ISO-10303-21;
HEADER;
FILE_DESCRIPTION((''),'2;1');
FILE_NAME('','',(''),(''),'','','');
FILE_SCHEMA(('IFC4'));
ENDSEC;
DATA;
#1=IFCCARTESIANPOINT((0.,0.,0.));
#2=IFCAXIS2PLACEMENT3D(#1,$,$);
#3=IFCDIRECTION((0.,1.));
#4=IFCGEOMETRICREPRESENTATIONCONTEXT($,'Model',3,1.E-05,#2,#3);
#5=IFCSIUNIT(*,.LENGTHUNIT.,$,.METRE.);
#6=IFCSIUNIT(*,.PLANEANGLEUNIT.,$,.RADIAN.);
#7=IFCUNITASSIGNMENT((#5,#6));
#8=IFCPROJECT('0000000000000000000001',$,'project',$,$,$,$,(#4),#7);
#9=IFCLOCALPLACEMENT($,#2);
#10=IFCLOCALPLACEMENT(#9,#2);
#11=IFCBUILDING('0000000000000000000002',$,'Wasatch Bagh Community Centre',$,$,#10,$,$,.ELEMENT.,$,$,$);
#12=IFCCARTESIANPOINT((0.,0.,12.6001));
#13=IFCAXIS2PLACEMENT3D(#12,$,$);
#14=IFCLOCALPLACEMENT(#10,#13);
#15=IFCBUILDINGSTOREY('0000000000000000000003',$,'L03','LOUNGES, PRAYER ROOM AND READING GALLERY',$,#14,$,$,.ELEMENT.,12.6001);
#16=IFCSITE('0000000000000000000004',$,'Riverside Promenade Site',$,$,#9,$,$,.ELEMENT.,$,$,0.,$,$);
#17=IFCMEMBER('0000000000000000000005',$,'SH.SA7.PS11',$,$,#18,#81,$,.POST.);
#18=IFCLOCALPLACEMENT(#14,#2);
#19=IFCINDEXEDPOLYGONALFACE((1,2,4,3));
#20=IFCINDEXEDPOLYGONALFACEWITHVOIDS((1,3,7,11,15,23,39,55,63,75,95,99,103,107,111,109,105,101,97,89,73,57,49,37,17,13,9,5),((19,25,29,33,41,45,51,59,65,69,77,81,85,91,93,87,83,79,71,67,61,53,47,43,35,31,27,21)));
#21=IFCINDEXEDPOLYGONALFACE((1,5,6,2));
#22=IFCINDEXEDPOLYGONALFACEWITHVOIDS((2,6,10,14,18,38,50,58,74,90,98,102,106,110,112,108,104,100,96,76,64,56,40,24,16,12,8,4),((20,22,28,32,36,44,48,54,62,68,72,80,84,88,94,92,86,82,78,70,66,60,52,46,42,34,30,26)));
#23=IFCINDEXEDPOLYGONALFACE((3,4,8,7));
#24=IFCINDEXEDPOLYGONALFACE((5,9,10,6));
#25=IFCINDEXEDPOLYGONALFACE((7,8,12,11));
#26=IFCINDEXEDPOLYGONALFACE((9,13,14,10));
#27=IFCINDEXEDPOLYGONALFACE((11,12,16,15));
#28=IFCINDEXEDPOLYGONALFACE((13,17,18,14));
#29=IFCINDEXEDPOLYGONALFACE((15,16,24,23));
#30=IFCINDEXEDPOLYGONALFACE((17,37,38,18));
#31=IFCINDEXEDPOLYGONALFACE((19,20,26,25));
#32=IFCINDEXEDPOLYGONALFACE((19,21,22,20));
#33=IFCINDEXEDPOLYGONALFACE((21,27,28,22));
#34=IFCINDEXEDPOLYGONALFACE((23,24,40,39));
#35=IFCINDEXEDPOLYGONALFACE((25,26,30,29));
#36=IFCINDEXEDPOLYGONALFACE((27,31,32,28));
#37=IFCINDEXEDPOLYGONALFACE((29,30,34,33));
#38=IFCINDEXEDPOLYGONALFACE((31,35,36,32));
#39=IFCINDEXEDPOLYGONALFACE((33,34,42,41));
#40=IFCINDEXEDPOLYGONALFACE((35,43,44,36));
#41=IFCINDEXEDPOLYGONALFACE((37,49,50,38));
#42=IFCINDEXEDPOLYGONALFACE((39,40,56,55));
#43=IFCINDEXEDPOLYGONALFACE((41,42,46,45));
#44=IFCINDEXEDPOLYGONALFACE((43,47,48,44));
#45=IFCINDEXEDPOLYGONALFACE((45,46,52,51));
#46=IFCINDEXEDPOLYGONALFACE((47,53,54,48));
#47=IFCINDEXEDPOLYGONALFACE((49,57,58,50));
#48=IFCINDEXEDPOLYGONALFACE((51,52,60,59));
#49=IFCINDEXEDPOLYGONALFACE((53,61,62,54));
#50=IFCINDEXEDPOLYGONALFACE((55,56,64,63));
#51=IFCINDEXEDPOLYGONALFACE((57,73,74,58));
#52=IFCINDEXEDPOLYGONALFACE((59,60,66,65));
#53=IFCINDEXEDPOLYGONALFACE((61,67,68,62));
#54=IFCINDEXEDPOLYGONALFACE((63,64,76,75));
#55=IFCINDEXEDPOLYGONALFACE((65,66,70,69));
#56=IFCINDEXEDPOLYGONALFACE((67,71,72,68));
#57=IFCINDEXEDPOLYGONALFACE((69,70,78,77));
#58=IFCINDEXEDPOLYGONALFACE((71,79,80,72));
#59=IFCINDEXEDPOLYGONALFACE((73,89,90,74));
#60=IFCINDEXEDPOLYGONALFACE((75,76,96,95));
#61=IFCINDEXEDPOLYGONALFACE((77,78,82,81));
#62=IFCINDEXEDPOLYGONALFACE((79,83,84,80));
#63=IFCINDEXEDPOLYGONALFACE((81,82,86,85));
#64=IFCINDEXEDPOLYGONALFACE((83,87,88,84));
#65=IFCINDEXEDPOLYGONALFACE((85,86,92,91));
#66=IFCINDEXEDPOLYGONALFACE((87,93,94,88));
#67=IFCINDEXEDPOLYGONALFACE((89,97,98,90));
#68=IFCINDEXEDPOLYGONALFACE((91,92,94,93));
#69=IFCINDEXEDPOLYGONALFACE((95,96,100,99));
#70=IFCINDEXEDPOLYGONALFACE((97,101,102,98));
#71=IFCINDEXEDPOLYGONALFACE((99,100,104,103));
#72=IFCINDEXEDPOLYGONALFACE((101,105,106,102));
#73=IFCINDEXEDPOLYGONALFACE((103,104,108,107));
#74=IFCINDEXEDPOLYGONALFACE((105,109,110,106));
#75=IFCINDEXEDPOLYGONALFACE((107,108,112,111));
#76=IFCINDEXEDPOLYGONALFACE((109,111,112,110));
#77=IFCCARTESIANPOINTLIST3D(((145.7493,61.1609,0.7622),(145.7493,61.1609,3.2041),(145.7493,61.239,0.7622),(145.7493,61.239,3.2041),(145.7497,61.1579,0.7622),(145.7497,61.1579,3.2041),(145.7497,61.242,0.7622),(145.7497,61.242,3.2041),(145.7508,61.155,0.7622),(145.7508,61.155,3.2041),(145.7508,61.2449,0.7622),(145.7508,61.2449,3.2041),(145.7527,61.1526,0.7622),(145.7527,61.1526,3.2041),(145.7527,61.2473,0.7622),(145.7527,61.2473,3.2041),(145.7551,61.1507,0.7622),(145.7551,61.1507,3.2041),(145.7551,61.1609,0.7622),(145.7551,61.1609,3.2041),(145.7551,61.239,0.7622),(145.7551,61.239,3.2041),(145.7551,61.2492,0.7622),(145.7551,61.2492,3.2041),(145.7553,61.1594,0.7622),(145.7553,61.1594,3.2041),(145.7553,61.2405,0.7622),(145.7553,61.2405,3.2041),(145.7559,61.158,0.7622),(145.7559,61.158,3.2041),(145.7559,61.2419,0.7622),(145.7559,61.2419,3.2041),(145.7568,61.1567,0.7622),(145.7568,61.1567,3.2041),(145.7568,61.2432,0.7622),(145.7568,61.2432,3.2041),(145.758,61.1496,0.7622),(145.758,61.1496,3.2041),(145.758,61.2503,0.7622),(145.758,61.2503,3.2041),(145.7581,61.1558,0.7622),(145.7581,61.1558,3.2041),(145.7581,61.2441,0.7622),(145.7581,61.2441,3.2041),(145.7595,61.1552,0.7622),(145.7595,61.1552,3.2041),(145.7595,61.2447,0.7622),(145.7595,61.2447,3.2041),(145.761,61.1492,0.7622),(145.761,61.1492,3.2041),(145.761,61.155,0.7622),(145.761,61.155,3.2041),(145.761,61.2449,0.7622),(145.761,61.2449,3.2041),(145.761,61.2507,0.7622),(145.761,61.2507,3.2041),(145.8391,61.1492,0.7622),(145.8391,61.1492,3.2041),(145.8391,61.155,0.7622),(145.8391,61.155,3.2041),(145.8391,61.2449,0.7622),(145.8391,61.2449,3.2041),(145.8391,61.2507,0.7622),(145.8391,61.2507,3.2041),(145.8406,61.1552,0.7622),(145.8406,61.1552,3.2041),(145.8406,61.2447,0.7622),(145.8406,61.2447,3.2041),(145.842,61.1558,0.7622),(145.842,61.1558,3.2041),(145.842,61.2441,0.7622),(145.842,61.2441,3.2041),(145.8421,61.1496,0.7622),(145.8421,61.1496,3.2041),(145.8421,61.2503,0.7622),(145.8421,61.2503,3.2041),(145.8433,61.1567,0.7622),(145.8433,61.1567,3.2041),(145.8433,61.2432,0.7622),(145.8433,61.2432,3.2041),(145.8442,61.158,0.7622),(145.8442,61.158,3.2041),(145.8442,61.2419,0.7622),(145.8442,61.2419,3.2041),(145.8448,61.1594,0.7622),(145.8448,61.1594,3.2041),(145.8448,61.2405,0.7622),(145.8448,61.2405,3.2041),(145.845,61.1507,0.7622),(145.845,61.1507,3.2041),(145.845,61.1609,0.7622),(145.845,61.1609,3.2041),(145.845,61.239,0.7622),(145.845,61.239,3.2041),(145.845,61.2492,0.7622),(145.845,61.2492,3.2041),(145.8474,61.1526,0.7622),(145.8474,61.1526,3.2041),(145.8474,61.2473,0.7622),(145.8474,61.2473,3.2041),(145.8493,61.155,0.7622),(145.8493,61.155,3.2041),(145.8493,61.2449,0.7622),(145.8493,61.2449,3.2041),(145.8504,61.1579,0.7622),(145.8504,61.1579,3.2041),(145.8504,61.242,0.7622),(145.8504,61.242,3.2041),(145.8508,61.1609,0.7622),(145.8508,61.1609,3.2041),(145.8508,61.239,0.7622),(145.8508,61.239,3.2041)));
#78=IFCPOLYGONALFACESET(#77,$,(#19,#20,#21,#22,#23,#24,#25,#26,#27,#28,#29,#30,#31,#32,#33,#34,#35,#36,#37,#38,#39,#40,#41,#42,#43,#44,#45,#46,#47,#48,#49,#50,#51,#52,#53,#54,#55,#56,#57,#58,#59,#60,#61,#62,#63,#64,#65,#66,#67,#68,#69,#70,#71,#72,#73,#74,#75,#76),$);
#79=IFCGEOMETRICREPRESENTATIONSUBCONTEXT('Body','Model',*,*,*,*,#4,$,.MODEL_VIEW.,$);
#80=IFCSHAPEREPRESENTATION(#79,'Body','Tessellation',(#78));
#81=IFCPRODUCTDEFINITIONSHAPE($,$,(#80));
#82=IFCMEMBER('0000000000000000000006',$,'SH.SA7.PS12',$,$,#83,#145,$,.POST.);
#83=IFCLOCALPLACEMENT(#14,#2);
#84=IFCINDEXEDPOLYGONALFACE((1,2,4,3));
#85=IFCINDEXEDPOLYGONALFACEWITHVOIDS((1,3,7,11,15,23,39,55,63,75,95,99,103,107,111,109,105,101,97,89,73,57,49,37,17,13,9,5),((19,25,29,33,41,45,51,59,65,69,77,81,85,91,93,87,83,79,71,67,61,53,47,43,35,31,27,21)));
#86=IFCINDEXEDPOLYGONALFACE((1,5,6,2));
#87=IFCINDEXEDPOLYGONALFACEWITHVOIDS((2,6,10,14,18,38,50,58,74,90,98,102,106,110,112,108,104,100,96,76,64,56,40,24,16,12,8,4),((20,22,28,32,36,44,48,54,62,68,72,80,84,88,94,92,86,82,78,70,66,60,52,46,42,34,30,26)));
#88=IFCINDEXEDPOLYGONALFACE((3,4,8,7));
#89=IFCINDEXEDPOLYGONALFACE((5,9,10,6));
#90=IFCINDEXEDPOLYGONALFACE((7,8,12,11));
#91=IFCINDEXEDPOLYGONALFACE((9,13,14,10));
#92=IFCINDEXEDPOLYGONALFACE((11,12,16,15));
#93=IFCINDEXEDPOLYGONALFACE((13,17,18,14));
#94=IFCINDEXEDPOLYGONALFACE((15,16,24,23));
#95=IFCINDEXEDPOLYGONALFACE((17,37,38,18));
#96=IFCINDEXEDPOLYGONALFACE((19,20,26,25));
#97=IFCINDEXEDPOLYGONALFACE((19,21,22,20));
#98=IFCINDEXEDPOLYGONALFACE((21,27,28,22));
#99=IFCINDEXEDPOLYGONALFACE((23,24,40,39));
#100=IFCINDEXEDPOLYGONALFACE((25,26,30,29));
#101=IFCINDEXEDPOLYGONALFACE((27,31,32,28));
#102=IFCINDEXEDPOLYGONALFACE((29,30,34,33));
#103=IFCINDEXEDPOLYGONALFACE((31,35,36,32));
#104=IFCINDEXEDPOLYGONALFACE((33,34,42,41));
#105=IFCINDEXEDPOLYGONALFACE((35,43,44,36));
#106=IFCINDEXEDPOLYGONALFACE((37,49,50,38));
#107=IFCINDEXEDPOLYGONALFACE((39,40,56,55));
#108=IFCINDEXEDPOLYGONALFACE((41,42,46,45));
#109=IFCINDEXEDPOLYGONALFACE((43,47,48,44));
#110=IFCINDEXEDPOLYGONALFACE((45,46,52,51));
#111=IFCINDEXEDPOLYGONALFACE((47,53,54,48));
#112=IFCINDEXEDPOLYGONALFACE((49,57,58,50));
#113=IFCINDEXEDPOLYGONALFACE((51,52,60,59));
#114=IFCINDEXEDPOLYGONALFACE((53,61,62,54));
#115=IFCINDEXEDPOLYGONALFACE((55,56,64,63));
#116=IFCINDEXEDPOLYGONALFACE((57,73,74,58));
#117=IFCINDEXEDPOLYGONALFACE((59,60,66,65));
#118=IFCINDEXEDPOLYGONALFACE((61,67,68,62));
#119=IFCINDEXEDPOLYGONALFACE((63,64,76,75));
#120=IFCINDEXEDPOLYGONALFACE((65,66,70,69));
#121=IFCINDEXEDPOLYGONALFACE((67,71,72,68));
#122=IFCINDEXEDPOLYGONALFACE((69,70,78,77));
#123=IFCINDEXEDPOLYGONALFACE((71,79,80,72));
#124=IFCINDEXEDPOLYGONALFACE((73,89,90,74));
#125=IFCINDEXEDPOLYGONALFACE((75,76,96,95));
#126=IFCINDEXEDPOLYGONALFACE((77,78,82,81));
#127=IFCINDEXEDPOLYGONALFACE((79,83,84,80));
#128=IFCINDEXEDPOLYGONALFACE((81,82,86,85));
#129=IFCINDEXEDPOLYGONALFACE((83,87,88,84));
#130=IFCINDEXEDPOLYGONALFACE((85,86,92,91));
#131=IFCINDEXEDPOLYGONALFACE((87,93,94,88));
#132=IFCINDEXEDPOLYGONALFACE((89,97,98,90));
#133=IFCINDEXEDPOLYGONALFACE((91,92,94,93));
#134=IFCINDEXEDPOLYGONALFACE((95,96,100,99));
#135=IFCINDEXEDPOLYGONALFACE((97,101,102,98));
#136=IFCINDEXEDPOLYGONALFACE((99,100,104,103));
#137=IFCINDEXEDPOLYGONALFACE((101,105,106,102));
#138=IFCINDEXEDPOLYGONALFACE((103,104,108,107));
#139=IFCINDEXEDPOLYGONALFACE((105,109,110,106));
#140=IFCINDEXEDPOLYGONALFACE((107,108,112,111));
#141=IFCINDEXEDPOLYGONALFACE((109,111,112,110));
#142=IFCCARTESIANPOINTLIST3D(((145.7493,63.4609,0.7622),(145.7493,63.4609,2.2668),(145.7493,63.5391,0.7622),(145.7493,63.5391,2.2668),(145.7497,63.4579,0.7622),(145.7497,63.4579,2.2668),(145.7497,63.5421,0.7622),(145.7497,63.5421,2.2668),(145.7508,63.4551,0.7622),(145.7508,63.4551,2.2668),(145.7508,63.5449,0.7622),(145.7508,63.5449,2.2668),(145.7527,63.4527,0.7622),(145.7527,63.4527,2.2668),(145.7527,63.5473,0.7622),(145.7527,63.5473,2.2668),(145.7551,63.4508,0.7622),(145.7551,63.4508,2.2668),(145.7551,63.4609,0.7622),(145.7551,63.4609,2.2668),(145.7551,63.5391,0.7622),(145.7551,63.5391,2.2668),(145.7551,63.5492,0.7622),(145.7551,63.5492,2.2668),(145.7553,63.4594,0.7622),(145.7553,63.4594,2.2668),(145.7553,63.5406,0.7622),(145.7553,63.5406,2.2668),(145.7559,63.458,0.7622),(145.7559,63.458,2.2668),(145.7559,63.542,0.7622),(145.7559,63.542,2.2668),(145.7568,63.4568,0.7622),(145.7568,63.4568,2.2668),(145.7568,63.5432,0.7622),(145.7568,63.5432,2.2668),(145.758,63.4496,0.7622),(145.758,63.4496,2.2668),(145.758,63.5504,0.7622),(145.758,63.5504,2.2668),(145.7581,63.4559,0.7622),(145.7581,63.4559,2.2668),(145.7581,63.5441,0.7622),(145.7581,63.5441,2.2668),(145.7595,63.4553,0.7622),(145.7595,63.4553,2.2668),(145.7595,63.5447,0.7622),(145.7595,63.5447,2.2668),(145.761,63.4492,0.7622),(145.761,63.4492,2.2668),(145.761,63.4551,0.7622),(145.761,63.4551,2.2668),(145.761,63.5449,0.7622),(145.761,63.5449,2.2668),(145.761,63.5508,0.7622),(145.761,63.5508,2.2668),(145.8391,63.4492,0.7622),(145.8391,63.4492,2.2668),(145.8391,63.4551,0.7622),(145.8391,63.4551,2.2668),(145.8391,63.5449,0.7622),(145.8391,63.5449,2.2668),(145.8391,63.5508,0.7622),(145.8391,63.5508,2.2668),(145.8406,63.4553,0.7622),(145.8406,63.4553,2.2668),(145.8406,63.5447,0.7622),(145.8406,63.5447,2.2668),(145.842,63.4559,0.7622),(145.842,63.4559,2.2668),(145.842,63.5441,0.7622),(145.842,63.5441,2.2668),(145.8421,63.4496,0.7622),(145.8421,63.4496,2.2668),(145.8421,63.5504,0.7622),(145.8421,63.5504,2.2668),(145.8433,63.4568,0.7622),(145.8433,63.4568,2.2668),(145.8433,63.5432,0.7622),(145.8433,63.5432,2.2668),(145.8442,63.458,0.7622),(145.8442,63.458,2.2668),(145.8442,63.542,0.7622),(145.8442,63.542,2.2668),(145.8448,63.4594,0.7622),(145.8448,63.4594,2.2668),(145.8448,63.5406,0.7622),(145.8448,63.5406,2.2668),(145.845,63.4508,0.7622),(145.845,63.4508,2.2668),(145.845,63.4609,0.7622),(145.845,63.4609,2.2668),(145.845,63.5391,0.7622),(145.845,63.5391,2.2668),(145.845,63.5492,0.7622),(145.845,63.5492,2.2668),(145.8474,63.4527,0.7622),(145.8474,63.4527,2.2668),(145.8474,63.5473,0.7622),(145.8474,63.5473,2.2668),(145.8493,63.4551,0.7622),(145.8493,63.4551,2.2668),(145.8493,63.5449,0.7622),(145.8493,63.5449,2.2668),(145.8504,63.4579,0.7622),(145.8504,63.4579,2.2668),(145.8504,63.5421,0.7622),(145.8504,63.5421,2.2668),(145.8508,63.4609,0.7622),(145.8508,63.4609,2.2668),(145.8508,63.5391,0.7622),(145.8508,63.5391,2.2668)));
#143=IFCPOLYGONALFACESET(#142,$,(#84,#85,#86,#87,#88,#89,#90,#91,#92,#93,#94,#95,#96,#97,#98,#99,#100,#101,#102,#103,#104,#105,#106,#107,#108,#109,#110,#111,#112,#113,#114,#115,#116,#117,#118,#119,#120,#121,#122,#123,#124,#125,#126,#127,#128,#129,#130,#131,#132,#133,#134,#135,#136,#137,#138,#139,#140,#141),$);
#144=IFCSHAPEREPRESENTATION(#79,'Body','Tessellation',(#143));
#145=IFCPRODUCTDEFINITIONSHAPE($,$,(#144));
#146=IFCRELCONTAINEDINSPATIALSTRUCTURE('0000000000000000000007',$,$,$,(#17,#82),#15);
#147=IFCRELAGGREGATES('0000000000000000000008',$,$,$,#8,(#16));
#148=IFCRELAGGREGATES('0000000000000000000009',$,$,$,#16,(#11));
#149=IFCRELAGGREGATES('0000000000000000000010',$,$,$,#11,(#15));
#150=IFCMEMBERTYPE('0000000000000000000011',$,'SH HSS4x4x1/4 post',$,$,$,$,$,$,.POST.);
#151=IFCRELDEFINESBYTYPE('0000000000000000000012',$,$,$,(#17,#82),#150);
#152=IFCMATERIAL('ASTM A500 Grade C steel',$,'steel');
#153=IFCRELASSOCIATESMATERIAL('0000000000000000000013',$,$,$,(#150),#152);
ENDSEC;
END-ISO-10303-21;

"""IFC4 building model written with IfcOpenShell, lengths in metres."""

from ifc_helpers import new_model, si_unit, direction, frame, origin, origin_2d, place, context, subcontext, project, spatial, hollow_rectangle, extrude, material, material_profile, profile_set, type_object, element, save


model = new_model("IFC4")

# Units and contexts
model_context = context("Model", 3, precision=1e-05, world=origin(), true_north=direction((0.0, 1.0)))
body_context = subcontext(model_context, "Body", "Model", "MODEL_VIEW")
ifc_project = project(units=[si_unit("LENGTHUNIT", "METRE"), si_unit("PLANEANGLEUNIT", "RADIAN")], contexts=[model_context])

# Site, building, storey
site_placement = place(None, origin())
site = spatial("IfcSite", under=ifc_project, at=site_placement, Name="Riverside Promenade Site", CompositionType="ELEMENT", RefElevation=0.0)
building_placement = place(site_placement, origin())
building = spatial("IfcBuilding", under=site, at=building_placement, Name="Wasatch Bagh Community Centre", CompositionType="ELEMENT")
storey_placement = place(building_placement, frame((0.0, 0.0, 12.6001)))
storey = spatial("IfcBuildingStorey", under=building, at=storey_placement, Name="L03", Description="LOUNGES, PRAYER ROOM AND READING GALLERY", CompositionType="ELEMENT", Elevation=12.6001)

# Members
ifc_material_1 = material(Name="ASTM A500 Grade C steel", Category="steel")
ifc_material_profile_1 = material_profile(ifc_material_1, hollow_rectangle(XDim=0.1016, YDim=0.1016, WallThickness=0.0059, InnerFilletRadius=0.0059, OuterFilletRadius=0.0117, at=origin_2d()), Name="HSS4x4x1/4")
ifc_profile_set_1 = profile_set([ifc_material_profile_1], Name="ASTM A500 Grade C steel")
member_type_1 = type_object("IfcMemberType", Name="SH HSS4x4x1/4 post", PredefinedType="POST", material=ifc_profile_set_1)
member_1_placement = place(storey_placement, frame((145.8, 61.2, 0.7622), z_axis=(0.0, 0.0, 1.0), x_axis=(1.0, 0.0, 0.0)))
element("IfcMember", 1, at=member_1_placement, inside=storey, type_object=member_type_1, Name="SH.SA7.PS11", PredefinedType="POST", context=body_context, shape_type="SweptSolid", body=[
    extrude(hollow_rectangle(XDim=0.1016, YDim=0.1016, WallThickness=0.0059, InnerFilletRadius=0.0059, OuterFilletRadius=0.0117, at=origin_2d()), origin(), (0.0, 0.0, 1.0), 2.4419),
])
member_2_placement = place(storey_placement, frame((145.8, 63.5, 0.7622), z_axis=(0.0, 0.0, 1.0), x_axis=(1.0, 0.0, 0.0)))
element("IfcMember", 2, at=member_2_placement, inside=storey, type_object=member_type_1, Name="SH.SA7.PS12", PredefinedType="POST", context=body_context, shape_type="SweptSolid", body=[
    extrude(hollow_rectangle(XDim=0.1016, YDim=0.1016, WallThickness=0.0059, InnerFilletRadius=0.0059, OuterFilletRadius=0.0117, at=origin_2d()), origin(), (0.0, 0.0, 1.0), 1.5046),
])

save(model, "model.ifc")
